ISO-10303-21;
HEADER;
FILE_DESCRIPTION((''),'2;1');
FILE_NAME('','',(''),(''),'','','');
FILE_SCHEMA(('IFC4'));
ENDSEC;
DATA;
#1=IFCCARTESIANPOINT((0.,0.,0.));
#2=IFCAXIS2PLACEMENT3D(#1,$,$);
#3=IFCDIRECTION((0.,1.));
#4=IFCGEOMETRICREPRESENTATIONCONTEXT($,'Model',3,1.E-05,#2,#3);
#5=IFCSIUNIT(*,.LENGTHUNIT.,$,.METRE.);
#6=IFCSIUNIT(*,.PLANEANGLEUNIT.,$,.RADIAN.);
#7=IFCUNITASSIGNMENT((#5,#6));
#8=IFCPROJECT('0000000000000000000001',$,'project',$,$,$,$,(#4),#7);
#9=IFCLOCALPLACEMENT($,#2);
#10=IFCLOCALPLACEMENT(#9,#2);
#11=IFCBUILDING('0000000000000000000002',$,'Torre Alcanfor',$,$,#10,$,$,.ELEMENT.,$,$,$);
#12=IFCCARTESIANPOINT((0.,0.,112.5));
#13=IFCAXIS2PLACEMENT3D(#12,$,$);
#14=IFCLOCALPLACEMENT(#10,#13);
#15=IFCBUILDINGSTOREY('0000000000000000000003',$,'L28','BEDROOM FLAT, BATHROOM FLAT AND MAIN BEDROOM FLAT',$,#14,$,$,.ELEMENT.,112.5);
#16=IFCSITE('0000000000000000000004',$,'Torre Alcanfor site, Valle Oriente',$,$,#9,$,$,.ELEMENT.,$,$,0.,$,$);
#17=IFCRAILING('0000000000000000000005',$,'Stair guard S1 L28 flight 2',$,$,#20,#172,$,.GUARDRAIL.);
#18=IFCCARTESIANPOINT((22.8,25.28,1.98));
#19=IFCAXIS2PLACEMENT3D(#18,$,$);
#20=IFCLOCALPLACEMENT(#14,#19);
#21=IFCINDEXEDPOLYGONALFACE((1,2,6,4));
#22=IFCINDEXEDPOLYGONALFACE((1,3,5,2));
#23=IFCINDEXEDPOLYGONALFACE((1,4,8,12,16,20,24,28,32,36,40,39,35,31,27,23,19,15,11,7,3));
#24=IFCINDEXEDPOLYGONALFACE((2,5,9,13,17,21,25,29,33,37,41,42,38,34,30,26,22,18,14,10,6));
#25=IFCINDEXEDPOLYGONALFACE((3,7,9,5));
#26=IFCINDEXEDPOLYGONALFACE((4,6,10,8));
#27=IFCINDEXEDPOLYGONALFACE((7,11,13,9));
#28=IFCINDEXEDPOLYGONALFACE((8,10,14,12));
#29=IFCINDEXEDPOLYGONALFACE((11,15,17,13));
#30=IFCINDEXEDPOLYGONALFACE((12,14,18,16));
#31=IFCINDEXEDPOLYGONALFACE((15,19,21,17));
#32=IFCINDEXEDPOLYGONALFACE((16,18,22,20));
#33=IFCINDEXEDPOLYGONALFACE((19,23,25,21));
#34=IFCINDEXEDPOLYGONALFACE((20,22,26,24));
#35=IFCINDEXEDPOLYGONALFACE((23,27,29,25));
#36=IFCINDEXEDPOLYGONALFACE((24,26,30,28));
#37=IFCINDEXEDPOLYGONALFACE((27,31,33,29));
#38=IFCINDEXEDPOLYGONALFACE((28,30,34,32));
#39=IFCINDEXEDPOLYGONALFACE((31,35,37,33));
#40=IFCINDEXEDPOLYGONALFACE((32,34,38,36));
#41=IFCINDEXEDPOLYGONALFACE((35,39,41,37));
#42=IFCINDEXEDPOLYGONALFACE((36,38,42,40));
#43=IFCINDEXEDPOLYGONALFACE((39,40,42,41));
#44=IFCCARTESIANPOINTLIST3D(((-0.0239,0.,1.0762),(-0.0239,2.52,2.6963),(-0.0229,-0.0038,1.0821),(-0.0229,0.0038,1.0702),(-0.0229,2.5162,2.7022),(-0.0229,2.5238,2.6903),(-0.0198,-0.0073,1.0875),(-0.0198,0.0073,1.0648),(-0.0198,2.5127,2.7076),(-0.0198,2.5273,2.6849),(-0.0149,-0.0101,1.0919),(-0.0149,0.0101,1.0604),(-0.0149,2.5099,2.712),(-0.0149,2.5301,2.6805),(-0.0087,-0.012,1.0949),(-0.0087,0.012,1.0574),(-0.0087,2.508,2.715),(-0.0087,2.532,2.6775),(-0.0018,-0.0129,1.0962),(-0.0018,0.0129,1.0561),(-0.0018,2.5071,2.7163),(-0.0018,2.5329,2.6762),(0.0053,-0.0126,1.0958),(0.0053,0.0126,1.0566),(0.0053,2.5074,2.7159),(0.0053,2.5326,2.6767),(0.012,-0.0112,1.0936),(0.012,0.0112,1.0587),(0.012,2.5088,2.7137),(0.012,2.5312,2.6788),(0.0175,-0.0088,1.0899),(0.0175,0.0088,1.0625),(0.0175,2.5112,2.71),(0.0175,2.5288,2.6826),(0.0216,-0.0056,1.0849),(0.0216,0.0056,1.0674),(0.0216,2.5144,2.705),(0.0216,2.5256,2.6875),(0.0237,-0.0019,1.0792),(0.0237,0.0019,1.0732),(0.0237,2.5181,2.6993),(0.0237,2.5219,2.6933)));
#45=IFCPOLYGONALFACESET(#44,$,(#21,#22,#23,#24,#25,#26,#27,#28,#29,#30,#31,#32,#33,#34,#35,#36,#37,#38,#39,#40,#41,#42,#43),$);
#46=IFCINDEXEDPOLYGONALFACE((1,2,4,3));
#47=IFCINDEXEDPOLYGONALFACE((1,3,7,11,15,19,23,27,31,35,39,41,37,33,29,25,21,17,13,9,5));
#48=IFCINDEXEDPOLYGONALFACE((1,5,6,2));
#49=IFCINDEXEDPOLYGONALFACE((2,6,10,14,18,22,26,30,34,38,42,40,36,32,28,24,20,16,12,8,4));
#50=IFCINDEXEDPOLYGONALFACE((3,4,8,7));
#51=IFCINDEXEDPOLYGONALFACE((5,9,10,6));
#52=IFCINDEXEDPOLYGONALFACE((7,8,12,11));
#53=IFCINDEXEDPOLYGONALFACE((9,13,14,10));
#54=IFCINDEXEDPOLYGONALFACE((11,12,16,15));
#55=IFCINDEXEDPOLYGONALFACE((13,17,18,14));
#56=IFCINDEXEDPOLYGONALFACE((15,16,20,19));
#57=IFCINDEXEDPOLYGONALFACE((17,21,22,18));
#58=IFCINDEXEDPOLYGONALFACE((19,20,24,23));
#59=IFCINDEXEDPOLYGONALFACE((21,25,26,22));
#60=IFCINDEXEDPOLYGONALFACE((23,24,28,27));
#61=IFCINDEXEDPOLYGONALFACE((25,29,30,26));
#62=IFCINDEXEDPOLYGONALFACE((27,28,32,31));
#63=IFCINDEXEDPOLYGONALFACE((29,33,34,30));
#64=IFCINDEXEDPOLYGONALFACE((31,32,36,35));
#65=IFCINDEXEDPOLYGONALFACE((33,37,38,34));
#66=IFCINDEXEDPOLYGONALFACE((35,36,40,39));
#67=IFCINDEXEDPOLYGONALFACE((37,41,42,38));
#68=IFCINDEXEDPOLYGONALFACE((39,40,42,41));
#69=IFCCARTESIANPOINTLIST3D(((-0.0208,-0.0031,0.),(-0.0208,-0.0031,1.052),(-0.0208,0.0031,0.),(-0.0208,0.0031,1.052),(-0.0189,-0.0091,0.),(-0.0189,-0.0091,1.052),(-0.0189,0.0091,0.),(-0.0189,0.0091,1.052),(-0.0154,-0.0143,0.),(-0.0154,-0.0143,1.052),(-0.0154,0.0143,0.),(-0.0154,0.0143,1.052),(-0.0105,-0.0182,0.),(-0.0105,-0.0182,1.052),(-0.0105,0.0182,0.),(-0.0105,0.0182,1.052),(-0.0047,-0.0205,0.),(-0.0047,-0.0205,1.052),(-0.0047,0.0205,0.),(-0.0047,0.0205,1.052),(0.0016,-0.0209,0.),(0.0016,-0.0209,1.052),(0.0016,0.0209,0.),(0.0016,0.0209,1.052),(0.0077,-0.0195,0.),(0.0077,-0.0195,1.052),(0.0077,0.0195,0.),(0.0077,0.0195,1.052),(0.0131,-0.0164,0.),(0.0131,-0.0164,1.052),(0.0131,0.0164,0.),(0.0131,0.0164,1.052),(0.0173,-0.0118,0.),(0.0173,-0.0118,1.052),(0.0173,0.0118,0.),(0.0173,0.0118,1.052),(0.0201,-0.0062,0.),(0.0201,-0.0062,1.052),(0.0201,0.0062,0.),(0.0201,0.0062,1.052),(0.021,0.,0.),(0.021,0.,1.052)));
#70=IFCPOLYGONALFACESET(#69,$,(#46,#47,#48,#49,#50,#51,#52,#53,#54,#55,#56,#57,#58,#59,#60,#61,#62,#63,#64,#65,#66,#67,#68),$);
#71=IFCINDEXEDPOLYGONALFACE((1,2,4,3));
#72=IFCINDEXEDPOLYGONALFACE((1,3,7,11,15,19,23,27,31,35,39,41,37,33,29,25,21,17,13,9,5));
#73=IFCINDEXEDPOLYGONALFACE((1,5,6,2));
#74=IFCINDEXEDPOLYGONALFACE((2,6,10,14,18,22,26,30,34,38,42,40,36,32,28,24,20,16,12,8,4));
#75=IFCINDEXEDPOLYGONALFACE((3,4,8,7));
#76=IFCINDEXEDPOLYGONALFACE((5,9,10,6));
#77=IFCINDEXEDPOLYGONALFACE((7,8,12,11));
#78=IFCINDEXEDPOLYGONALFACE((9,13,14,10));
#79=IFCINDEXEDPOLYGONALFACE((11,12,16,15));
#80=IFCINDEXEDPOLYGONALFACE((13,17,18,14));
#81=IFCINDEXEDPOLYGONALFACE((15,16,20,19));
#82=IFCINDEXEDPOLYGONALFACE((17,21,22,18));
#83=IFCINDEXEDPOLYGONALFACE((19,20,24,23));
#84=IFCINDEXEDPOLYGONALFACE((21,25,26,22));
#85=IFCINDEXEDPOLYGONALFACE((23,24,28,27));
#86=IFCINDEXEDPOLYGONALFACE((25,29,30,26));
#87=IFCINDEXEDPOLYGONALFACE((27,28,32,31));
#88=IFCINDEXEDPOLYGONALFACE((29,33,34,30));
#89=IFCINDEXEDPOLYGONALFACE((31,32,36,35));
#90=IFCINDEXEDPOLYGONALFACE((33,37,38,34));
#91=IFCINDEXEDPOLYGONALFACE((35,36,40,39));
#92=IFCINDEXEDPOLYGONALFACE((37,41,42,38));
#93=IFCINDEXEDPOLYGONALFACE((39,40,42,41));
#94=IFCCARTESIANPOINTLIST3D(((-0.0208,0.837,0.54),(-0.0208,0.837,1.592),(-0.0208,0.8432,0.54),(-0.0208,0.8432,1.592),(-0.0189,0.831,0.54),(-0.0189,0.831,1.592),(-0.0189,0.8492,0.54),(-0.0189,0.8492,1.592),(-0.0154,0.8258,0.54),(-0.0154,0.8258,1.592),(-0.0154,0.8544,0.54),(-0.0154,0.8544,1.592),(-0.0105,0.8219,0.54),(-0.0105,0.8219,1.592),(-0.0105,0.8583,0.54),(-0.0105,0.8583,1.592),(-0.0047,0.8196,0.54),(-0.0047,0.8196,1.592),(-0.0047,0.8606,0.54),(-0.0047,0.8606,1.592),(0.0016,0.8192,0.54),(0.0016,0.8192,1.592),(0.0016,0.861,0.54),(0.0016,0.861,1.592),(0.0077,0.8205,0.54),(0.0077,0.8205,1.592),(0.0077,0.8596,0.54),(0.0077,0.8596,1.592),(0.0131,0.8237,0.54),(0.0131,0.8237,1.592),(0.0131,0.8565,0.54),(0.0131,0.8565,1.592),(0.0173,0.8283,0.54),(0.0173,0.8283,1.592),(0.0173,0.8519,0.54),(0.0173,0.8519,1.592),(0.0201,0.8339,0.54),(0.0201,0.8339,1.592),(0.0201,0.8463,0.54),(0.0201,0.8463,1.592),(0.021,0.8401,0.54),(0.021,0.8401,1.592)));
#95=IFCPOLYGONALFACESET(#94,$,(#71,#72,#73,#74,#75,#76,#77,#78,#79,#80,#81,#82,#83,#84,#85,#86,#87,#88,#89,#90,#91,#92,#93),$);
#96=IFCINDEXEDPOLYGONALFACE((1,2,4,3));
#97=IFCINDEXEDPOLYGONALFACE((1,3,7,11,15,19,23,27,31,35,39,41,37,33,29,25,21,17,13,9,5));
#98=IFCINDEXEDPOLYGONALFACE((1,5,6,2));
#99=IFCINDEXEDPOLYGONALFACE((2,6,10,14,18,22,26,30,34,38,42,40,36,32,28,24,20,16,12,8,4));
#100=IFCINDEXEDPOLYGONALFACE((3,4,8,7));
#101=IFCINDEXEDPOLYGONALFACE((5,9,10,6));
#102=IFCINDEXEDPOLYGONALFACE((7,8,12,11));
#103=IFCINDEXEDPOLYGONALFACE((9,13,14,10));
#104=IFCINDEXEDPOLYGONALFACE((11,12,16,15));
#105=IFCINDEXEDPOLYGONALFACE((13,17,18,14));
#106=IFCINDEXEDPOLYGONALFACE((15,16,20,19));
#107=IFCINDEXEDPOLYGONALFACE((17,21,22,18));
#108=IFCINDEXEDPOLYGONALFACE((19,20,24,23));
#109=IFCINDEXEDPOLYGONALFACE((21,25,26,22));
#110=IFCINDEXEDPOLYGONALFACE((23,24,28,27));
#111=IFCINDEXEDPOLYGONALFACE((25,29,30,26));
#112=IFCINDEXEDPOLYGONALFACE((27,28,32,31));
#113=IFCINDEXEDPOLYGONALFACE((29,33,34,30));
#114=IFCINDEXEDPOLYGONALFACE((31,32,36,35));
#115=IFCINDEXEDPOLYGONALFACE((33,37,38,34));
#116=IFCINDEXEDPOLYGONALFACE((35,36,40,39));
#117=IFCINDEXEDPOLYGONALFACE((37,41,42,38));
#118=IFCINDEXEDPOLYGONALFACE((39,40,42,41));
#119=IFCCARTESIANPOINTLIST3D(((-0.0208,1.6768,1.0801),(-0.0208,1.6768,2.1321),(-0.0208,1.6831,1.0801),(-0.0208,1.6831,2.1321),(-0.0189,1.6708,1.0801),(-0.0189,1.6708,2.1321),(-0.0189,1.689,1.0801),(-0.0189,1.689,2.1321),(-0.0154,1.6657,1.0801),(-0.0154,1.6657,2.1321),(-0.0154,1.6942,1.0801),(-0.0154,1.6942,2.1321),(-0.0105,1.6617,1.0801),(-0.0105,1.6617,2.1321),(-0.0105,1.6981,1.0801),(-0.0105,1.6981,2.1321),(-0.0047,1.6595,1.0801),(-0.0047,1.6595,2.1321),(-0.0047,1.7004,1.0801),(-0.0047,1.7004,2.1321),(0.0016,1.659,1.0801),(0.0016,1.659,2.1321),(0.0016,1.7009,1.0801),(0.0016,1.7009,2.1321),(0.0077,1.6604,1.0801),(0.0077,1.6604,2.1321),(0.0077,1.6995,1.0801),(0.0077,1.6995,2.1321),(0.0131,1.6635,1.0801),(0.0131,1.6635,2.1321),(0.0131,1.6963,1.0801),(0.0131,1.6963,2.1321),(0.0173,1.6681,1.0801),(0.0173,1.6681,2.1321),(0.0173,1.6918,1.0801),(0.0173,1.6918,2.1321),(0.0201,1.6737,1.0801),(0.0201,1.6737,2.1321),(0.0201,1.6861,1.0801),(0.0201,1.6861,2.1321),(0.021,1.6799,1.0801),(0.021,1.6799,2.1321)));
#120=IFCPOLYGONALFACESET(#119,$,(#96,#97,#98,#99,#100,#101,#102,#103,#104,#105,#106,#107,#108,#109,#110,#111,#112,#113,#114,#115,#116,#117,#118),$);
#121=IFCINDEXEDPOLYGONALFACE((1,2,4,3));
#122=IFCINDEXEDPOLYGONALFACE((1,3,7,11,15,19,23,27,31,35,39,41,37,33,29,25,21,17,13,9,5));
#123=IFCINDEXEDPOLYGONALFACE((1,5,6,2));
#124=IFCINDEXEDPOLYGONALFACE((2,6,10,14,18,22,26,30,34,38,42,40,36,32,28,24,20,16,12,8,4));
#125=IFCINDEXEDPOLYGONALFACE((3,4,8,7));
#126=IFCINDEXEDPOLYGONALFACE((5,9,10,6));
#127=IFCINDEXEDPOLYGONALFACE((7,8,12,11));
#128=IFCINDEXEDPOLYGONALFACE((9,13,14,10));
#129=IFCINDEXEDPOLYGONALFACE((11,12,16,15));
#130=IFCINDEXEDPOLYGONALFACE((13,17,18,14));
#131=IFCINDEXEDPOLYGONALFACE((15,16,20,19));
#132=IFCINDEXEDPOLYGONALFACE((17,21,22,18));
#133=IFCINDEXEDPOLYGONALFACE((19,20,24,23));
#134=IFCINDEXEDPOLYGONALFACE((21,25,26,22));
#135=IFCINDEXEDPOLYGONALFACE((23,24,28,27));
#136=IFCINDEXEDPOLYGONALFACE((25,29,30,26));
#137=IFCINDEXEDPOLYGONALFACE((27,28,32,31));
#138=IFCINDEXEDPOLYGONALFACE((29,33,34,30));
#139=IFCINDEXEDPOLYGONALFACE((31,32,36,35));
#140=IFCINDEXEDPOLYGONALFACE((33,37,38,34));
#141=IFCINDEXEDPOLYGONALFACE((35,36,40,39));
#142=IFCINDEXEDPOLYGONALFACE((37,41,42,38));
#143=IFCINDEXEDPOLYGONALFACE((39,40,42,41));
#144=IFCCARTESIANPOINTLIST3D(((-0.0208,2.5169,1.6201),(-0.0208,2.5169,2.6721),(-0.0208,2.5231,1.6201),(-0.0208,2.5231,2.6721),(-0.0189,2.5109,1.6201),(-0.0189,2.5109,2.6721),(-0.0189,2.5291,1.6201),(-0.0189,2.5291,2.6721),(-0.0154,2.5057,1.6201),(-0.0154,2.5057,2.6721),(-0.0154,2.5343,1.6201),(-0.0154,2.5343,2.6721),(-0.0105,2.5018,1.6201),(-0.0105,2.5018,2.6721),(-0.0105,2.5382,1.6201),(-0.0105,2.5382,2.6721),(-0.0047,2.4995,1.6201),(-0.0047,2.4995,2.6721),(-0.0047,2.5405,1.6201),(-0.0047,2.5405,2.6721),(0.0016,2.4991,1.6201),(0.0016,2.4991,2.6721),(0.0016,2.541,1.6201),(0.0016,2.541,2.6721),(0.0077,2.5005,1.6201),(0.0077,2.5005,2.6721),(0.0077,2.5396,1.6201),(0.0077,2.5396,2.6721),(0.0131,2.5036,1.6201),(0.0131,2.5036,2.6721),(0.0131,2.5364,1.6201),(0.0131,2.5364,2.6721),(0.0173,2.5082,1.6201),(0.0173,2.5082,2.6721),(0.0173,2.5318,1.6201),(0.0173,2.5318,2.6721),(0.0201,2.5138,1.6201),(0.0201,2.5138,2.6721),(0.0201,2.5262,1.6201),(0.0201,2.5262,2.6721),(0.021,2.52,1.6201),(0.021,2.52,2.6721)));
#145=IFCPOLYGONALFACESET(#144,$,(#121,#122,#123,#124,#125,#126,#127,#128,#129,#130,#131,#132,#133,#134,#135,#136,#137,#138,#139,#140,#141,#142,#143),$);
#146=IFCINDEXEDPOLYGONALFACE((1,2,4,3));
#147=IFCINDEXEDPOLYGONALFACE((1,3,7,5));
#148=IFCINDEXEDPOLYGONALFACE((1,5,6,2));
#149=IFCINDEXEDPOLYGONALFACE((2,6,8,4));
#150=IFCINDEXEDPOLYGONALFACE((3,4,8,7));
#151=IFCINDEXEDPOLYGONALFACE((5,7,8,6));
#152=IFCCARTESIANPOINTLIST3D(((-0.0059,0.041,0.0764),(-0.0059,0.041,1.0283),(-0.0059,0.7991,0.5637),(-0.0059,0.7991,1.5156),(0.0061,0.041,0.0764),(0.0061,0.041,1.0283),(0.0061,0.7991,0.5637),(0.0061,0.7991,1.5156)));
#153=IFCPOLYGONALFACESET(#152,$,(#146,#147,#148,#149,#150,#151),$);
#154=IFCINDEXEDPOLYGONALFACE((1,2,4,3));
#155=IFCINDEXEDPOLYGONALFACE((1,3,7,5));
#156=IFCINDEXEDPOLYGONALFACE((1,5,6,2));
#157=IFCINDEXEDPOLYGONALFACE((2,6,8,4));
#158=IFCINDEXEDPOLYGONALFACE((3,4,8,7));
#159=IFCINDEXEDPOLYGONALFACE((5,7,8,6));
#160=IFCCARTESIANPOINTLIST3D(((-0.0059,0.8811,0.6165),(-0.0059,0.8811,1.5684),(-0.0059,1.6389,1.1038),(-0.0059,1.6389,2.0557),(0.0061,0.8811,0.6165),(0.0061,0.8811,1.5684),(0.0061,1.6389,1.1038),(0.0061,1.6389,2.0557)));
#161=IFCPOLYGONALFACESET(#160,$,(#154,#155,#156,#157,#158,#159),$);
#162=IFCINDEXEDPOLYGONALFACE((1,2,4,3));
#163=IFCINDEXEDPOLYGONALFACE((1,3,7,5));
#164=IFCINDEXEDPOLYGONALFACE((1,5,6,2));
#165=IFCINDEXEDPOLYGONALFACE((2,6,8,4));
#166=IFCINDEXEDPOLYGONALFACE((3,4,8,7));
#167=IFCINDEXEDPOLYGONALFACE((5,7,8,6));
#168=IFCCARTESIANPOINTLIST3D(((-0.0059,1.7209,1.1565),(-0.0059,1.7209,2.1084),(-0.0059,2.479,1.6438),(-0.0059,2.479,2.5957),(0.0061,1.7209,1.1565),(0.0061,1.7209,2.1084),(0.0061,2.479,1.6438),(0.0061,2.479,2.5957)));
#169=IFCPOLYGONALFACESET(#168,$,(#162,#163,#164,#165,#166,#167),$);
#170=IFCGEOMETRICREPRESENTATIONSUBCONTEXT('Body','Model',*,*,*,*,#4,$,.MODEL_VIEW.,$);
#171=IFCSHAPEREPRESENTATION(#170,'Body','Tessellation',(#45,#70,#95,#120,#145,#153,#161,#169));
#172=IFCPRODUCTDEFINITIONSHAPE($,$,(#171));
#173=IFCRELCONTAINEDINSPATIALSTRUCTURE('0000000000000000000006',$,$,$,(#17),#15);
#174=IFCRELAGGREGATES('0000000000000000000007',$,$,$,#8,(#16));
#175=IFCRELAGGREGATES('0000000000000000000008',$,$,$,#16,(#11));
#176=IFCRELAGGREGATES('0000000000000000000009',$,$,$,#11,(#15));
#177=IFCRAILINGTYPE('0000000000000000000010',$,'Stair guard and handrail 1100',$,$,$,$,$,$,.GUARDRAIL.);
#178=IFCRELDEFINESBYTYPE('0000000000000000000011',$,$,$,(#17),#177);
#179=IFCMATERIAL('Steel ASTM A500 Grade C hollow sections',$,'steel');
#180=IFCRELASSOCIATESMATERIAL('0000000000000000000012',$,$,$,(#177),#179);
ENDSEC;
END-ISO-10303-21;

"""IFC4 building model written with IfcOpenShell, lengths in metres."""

from ifc_helpers import new_model, si_unit, direction, frame, origin, origin_2d, place, context, subcontext, project, spatial, polyline, circle, outline, extrude, material, type_object, element, save


model = new_model("IFC4")

# Units and contexts
model_context = context("Model", 3, precision=1e-05, world=origin(), true_north=direction((0.0, 1.0)))
body_context = subcontext(model_context, "Body", "Model", "MODEL_VIEW")
ifc_project = project(units=[si_unit("LENGTHUNIT", "METRE"), si_unit("PLANEANGLEUNIT", "RADIAN")], contexts=[model_context])

# Site, building, storey
site_placement = place(None, origin())
site = spatial("IfcSite", under=ifc_project, at=site_placement, Name="Torre Alcanfor site, Valle Oriente", CompositionType="ELEMENT", RefElevation=0.0)
building_placement = place(site_placement, origin())
building = spatial("IfcBuilding", under=site, at=building_placement, Name="Torre Alcanfor", CompositionType="ELEMENT")
storey_placement = place(building_placement, frame((0.0, 0.0, 112.5)))
storey = spatial("IfcBuildingStorey", under=building, at=storey_placement, Name="L28", Description="BEDROOM FLAT, BATHROOM FLAT AND MAIN BEDROOM FLAT", CompositionType="ELEMENT", Elevation=112.5)

# Railing
ifc_material_1 = material(Name="Steel ASTM A500 Grade C hollow sections", Category="steel")
railing_type = type_object("IfcRailingType", Name="Stair guard and handrail 1100", PredefinedType="GUARDRAIL", material=ifc_material_1)
railing_placement = place(storey_placement, frame((22.8, 25.28, 1.98)))
element("IfcRailing", 1, at=railing_placement, inside=storey, type_object=railing_type, Name="Stair guard S1 L28 flight 2", PredefinedType="GUARDRAIL", context=body_context, shape_type="SweptSolid", body=[
    extrude(circle(Radius=0.0239, at=origin_2d()), frame((0.0, 0.0, 1.0762), z_axis=(0.0, 0.841163, 0.540782), x_axis=(-1.0, 0.0, 0.0)), (0.0, 0.0, 1.0), 2.9958),
    extrude(circle(Radius=0.021, at=origin_2d()), origin(), (0.0, 0.0, 1.0), 1.052),
    extrude(circle(Radius=0.021, at=origin_2d()), frame((0.0, 0.8401, 0.54)), (0.0, 0.0, 1.0), 1.052),
    extrude(circle(Radius=0.021, at=origin_2d()), frame((0.0, 1.6799, 1.0801)), (0.0, 0.0, 1.0), 1.052),
    extrude(circle(Radius=0.021, at=origin_2d()), frame((0.0, 2.52, 1.6201)), (0.0, 0.0, 1.0), 1.052),
    extrude(outline(polyline([(0.041, 0.0764), (0.7991, 0.5637), (0.7991, 1.5156), (0.041, 1.0283), (0.041, 0.0764)])), frame((-0.0059, 0.0, 0.0), z_axis=(1.0, 0.0, 0.0), x_axis=(0.0, 1.0, 0.0)), (0.0, 0.0, 1.0), 0.012),
    extrude(outline(polyline([(0.8811, 0.6165), (1.6389, 1.1038), (1.6389, 2.0557), (0.8811, 1.5684), (0.8811, 0.6165)])), frame((-0.0059, 0.0, 0.0), z_axis=(1.0, 0.0, 0.0), x_axis=(0.0, 1.0, 0.0)), (0.0, 0.0, 1.0), 0.012),
    extrude(outline(polyline([(1.7209, 1.1565), (2.479, 1.6438), (2.479, 2.5957), (1.7209, 2.1084), (1.7209, 1.1565)])), frame((-0.0059, 0.0, 0.0), z_axis=(1.0, 0.0, 0.0), x_axis=(0.0, 1.0, 0.0)), (0.0, 0.0, 1.0), 0.012),
])

save(model, "model.ifc")
